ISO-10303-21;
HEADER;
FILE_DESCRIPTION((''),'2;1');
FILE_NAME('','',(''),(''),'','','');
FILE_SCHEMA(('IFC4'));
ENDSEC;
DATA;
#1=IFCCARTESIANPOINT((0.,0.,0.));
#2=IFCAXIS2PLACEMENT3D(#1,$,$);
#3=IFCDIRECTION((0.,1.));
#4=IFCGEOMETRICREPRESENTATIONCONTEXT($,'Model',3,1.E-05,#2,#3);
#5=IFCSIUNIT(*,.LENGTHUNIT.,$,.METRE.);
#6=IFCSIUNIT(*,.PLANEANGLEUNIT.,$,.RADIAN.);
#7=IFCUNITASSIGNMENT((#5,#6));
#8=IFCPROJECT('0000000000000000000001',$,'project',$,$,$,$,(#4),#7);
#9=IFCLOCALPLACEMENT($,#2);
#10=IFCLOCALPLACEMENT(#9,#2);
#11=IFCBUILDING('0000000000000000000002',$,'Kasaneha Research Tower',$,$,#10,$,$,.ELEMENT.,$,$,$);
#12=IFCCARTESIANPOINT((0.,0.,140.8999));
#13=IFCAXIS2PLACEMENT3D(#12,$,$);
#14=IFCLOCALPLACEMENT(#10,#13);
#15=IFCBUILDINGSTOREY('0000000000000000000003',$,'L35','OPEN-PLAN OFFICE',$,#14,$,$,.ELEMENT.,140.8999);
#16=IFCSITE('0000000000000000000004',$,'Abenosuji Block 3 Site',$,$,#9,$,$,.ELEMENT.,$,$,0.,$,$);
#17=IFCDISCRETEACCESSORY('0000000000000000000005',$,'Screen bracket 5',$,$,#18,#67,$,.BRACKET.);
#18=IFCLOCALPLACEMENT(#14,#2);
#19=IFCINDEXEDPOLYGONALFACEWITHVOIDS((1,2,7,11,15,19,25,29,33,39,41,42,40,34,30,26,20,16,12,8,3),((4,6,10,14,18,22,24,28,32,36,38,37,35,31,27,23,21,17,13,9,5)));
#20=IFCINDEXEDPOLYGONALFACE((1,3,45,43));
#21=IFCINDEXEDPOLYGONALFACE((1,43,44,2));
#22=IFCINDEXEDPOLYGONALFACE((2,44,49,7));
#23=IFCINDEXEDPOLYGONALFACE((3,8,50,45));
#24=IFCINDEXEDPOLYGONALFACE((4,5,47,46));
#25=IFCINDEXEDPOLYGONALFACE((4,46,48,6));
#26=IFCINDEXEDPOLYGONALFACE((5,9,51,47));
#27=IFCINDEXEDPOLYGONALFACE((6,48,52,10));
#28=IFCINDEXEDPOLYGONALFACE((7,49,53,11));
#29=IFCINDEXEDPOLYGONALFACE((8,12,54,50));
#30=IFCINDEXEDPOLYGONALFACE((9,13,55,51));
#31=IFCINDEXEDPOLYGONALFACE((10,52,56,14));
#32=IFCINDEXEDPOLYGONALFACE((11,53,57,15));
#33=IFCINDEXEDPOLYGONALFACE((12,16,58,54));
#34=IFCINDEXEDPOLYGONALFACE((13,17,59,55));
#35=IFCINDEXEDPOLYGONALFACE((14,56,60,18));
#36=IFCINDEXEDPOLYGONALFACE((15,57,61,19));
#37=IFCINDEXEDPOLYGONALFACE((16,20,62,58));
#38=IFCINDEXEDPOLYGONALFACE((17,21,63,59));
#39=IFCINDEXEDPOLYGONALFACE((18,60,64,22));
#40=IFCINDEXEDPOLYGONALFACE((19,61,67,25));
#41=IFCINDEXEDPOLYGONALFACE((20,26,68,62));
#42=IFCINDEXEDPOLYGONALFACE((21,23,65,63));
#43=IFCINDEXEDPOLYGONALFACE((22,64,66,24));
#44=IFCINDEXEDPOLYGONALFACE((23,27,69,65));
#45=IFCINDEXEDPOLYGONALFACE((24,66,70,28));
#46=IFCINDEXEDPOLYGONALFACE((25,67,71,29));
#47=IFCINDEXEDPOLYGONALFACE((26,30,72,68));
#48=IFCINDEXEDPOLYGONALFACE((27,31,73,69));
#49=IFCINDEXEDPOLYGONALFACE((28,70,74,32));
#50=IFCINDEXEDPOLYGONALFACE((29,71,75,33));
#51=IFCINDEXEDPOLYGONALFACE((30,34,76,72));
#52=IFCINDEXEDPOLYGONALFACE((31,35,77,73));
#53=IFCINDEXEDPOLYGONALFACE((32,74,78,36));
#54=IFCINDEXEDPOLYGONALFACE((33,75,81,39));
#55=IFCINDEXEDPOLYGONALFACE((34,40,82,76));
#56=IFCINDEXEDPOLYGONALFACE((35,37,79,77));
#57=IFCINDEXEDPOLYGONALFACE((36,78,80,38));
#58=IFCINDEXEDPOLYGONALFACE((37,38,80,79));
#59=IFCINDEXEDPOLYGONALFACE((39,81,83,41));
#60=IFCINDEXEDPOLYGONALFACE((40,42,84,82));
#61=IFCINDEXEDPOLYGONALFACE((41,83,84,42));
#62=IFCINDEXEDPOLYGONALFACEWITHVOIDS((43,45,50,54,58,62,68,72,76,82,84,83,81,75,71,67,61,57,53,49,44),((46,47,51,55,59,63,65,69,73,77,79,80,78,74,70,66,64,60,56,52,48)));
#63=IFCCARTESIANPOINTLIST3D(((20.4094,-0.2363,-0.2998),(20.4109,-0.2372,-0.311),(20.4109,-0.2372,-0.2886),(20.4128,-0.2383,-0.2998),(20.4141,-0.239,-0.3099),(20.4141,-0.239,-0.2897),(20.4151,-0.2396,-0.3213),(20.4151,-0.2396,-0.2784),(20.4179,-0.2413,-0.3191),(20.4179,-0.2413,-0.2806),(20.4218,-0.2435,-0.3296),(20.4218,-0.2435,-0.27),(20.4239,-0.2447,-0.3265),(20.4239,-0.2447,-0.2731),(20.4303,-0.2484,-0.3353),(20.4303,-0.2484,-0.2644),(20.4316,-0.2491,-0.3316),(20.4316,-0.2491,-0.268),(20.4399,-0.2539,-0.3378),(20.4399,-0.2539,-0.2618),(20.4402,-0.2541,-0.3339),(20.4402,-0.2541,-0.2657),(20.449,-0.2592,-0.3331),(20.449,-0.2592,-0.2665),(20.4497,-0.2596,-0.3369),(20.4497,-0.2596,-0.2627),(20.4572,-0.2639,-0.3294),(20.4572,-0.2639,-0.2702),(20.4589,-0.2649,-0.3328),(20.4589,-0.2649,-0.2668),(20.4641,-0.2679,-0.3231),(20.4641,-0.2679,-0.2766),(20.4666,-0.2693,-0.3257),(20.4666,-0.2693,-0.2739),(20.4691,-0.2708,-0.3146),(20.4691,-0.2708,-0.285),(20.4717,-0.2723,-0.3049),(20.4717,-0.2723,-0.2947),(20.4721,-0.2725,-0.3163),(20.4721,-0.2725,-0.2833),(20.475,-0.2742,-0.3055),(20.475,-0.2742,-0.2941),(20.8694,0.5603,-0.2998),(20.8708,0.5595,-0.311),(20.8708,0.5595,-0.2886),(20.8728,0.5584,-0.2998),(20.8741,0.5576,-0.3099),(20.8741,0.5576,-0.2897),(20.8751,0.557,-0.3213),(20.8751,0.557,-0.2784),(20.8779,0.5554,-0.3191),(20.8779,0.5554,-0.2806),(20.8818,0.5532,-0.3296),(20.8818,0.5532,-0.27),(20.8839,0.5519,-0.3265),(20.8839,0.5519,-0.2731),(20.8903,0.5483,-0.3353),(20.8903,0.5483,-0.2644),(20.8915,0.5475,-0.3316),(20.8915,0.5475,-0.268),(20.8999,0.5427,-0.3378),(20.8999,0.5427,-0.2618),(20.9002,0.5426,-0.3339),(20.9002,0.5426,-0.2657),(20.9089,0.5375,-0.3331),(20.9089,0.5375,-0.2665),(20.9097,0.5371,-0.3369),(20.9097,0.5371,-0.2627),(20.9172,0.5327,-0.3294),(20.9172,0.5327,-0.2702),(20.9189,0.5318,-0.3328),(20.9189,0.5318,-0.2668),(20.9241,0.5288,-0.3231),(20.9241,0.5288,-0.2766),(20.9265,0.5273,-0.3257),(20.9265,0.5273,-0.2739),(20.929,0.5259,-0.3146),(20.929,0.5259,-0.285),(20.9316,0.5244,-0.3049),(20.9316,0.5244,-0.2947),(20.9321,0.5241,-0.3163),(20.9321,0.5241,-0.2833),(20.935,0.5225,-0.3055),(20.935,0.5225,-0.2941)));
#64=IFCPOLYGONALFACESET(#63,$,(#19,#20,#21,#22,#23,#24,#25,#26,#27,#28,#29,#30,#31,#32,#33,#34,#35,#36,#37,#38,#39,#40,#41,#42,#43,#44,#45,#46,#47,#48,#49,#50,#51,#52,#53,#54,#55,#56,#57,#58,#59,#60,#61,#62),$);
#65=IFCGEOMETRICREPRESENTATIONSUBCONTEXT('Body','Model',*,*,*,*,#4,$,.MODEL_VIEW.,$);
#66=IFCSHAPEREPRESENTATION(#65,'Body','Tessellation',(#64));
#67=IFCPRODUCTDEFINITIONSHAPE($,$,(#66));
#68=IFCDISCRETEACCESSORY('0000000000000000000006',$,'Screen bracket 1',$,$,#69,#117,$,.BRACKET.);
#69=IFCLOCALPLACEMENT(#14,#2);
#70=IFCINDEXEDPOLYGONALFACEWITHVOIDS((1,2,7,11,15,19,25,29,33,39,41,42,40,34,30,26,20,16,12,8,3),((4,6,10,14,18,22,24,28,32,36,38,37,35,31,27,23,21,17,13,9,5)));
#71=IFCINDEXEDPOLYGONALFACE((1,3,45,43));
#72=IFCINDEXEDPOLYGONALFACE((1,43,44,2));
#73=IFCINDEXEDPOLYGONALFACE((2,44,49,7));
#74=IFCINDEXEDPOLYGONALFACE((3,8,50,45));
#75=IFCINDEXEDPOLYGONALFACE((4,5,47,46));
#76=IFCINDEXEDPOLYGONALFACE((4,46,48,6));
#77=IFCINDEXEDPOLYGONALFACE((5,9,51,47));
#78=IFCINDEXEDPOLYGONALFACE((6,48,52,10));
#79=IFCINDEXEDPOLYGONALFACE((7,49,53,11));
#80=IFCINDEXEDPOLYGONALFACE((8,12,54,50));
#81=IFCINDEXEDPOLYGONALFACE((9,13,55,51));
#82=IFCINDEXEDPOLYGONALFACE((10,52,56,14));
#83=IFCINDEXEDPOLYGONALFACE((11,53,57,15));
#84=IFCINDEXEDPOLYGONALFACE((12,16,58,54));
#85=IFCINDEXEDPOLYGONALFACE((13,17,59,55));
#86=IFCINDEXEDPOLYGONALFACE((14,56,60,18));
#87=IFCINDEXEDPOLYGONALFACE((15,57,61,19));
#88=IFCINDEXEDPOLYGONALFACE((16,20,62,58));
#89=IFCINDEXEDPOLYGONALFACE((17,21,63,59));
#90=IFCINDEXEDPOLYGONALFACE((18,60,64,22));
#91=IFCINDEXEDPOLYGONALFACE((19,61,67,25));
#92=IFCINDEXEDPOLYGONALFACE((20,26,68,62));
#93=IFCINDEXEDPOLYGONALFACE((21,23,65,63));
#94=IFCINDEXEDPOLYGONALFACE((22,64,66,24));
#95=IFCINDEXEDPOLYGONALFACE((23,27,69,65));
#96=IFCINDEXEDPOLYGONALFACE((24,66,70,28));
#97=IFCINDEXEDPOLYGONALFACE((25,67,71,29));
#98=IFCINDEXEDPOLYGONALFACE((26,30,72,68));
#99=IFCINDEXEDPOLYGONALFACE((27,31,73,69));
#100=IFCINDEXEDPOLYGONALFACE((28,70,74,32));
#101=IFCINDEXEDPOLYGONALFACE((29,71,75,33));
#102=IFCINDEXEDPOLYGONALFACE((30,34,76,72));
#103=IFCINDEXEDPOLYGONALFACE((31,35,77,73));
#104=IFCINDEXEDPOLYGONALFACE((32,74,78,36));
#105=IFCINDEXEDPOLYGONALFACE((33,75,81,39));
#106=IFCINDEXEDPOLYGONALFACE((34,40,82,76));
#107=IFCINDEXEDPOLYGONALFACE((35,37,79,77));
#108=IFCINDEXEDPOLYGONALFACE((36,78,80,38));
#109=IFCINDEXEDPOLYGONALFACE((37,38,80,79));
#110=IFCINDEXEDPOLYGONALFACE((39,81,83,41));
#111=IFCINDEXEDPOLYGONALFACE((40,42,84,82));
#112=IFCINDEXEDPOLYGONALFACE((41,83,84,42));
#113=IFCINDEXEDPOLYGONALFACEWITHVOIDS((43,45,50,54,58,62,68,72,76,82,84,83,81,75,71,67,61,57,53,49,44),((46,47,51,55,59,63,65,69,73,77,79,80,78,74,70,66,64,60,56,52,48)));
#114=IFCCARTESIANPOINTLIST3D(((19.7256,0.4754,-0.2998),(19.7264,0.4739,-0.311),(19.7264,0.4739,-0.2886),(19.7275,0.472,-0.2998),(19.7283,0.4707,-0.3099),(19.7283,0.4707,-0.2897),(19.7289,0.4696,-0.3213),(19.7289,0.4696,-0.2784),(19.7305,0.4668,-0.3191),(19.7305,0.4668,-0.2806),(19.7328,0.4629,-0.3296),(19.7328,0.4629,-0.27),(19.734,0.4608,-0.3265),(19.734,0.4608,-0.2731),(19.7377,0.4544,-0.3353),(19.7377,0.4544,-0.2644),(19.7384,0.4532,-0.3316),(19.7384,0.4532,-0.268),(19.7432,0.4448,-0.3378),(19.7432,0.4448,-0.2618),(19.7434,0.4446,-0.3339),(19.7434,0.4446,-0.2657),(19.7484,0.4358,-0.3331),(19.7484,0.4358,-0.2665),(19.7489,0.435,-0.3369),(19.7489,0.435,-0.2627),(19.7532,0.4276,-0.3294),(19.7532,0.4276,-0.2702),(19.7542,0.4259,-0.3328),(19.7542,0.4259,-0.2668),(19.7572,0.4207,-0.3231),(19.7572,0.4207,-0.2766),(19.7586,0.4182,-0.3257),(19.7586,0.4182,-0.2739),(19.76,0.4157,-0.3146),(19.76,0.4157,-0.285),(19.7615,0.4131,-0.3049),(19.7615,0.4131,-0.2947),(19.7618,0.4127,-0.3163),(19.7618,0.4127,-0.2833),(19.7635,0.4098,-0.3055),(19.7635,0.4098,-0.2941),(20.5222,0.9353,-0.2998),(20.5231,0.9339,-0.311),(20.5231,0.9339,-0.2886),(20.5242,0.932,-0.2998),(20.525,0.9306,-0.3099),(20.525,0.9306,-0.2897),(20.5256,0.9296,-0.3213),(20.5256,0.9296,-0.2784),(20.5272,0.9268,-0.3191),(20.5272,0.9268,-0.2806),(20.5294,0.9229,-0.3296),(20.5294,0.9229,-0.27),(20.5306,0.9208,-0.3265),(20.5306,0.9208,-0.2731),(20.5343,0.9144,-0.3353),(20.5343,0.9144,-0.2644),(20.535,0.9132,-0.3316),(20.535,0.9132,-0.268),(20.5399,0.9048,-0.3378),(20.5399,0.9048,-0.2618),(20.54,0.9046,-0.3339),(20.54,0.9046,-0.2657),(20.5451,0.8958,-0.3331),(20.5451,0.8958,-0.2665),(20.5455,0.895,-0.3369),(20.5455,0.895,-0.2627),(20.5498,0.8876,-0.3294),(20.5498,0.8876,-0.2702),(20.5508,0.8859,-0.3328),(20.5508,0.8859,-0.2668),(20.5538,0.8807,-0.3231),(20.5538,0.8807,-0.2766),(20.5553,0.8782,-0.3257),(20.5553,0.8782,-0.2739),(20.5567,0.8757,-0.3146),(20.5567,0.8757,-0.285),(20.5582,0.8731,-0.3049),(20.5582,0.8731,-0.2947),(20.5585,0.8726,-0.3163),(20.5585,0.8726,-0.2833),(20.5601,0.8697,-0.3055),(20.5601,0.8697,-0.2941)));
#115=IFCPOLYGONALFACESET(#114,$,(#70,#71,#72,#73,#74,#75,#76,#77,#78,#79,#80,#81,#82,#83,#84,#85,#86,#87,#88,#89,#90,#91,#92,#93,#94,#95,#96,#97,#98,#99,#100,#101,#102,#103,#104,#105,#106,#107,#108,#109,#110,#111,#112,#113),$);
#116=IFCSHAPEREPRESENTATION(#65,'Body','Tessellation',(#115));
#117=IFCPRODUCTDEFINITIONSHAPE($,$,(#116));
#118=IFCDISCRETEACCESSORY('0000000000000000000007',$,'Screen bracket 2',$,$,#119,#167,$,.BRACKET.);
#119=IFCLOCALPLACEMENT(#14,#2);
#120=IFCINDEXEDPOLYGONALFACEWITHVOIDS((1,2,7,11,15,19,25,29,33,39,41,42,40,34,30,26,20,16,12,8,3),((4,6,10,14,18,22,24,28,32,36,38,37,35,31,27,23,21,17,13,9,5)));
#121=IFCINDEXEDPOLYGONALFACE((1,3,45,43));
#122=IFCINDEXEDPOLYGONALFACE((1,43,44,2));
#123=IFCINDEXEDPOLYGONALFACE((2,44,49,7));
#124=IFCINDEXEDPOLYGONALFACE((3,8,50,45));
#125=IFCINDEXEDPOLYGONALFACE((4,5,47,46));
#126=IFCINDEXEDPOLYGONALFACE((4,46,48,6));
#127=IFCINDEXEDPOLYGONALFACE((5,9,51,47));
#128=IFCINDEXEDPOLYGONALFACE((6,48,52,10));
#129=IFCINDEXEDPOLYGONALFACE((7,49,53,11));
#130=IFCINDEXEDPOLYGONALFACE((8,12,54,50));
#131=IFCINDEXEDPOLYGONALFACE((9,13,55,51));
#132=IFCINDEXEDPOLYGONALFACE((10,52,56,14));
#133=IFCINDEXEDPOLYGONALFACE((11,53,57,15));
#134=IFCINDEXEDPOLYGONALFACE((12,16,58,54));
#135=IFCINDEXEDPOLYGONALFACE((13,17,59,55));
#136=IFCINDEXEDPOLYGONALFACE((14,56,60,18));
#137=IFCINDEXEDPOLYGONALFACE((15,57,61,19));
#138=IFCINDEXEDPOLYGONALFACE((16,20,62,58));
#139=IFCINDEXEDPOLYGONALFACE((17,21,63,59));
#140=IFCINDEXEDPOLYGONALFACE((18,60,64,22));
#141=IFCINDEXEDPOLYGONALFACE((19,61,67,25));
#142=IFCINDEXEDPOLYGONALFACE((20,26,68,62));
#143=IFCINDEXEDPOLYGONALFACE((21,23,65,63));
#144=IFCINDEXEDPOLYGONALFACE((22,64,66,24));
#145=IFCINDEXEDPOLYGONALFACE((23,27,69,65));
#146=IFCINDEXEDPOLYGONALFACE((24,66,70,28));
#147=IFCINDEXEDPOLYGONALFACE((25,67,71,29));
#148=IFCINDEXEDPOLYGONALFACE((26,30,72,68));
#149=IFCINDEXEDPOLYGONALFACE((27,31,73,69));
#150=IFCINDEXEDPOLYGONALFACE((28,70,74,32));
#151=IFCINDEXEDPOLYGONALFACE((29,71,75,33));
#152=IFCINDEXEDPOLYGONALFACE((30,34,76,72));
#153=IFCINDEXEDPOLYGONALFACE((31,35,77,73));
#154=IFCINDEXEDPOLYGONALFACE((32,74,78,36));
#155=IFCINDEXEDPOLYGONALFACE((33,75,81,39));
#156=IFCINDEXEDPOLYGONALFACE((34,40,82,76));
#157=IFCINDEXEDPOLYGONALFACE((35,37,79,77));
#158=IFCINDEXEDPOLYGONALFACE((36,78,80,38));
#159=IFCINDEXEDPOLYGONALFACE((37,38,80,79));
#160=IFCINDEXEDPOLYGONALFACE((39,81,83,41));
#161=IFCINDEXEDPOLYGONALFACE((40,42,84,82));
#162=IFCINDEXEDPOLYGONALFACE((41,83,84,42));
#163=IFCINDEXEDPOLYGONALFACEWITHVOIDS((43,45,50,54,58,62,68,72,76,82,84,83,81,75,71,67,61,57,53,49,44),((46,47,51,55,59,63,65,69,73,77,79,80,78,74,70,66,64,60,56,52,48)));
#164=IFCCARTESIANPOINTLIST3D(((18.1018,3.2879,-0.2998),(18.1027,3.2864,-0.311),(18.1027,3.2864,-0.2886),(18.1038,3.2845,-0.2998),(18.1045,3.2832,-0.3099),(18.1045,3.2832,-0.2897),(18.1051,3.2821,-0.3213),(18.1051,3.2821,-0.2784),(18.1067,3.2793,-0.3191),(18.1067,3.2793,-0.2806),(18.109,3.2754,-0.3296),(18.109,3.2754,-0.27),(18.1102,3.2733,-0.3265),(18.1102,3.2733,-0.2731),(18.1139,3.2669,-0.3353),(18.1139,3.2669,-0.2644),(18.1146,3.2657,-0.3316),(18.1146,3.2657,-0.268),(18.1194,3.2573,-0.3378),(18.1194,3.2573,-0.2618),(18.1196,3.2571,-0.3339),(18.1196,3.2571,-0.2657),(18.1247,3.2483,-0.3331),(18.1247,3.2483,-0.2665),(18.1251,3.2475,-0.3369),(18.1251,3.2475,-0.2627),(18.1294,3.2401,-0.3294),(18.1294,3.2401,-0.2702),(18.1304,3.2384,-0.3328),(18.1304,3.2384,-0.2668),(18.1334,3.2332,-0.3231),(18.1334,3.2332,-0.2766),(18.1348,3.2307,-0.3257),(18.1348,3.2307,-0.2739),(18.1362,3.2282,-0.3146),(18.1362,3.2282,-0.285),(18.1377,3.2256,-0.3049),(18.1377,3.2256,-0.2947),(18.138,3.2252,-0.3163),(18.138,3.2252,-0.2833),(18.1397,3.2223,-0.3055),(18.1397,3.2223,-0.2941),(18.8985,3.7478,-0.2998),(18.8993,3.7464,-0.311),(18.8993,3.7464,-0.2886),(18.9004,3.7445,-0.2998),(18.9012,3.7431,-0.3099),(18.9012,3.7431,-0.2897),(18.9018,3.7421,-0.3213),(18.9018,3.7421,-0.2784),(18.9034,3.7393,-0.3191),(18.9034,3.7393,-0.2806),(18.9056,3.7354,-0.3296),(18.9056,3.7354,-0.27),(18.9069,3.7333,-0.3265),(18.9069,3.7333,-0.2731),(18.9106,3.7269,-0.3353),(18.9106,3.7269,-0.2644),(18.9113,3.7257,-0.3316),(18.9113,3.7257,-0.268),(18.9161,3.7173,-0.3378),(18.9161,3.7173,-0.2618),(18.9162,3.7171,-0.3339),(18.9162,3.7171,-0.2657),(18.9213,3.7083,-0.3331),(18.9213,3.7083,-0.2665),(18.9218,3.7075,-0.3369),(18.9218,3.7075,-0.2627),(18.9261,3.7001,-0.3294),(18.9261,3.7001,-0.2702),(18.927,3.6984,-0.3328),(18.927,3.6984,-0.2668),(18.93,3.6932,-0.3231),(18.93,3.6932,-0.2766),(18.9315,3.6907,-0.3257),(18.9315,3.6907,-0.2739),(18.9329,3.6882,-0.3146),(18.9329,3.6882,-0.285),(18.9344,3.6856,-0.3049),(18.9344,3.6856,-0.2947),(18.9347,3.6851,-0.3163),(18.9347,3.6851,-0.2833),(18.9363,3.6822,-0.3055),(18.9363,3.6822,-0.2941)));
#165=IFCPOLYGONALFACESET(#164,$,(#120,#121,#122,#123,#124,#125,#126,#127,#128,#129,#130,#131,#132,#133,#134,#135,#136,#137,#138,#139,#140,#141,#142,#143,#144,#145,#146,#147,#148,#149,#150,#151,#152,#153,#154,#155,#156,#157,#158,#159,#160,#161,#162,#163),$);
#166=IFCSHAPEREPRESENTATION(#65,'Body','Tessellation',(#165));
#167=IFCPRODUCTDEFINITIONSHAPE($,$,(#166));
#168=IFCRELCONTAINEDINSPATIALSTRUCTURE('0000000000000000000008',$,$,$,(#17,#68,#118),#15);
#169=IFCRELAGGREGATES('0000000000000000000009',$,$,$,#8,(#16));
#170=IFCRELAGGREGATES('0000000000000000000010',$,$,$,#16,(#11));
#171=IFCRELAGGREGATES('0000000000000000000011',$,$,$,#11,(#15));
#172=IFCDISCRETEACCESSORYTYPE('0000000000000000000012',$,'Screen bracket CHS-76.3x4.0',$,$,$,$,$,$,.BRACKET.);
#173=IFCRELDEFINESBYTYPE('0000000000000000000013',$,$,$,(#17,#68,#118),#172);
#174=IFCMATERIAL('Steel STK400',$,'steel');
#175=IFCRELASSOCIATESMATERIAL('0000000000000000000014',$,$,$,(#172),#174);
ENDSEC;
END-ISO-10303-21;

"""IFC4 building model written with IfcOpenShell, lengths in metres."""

from ifc_helpers import new_model, si_unit, direction, frame, origin, origin_2d, place, context, subcontext, project, spatial, hollow_circle, extrude, material, material_profile, profile_set, type_object, element, save


model = new_model("IFC4")

# Units and contexts
model_context = context("Model", 3, precision=1e-05, world=origin(), true_north=direction((0.0, 1.0)))
body_context = subcontext(model_context, "Body", "Model", "MODEL_VIEW")
ifc_project = project(units=[si_unit("LENGTHUNIT", "METRE"), si_unit("PLANEANGLEUNIT", "RADIAN")], contexts=[model_context])

# Site, building, storey
site_placement = place(None, origin())
site = spatial("IfcSite", under=ifc_project, at=site_placement, Name="Abenosuji Block 3 Site", CompositionType="ELEMENT", RefElevation=0.0)
building_placement = place(site_placement, origin())
building = spatial("IfcBuilding", under=site, at=building_placement, Name="Kasaneha Research Tower", CompositionType="ELEMENT")
storey_placement = place(building_placement, frame((0.0, 0.0, 140.8999)))
storey = spatial("IfcBuildingStorey", under=building, at=storey_placement, Name="L35", Description="OPEN-PLAN OFFICE", CompositionType="ELEMENT", Elevation=140.8999)

# Discrete accessories
ifc_material_1 = material(Name="Steel STK400", Category="steel")
ifc_material_profile_1 = material_profile(ifc_material_1, hollow_circle(Radius=0.0381, WallThickness=0.0039, at=origin_2d()), Name="CHS-76.3x4.0")
ifc_profile_set_1 = profile_set([ifc_material_profile_1], Name="Steel STK400")
discrete_accessory_type = type_object("IfcDiscreteAccessoryType", Name="Screen bracket CHS-76.3x4.0", PredefinedType="BRACKET", material=ifc_profile_set_1)
for number, where, z_axis, x_axis, name in (
    (1, (20.4424, -0.2554, -0.2998), (0.500021, 0.866013, 0.0), (-0.866013, 0.500021, 0.0), "Screen bracket 5"),
    (2, (19.7446, 0.4424, -0.2998), (0.866013, 0.500021, 0.0), (-0.500021, 0.866013, 0.0), "Screen bracket 1"),
    (3, (18.1208, 3.2549, -0.2998), (0.866013, 0.500021, 0.0), (-0.500021, 0.866013, 0.0), "Screen bracket 2"),
):
    element("IfcDiscreteAccessory", number, at=place(storey_placement, frame(where, z_axis=z_axis, x_axis=x_axis)), inside=storey, type_object=discrete_accessory_type, Name=name, PredefinedType="BRACKET", context=body_context, shape_type="SweptSolid", body=[
        extrude(hollow_circle(Radius=0.0381, WallThickness=0.0039, at=origin_2d()), origin(), (0.0, 0.0, 1.0), 0.9199),
    ])

save(model, "model.ifc")
